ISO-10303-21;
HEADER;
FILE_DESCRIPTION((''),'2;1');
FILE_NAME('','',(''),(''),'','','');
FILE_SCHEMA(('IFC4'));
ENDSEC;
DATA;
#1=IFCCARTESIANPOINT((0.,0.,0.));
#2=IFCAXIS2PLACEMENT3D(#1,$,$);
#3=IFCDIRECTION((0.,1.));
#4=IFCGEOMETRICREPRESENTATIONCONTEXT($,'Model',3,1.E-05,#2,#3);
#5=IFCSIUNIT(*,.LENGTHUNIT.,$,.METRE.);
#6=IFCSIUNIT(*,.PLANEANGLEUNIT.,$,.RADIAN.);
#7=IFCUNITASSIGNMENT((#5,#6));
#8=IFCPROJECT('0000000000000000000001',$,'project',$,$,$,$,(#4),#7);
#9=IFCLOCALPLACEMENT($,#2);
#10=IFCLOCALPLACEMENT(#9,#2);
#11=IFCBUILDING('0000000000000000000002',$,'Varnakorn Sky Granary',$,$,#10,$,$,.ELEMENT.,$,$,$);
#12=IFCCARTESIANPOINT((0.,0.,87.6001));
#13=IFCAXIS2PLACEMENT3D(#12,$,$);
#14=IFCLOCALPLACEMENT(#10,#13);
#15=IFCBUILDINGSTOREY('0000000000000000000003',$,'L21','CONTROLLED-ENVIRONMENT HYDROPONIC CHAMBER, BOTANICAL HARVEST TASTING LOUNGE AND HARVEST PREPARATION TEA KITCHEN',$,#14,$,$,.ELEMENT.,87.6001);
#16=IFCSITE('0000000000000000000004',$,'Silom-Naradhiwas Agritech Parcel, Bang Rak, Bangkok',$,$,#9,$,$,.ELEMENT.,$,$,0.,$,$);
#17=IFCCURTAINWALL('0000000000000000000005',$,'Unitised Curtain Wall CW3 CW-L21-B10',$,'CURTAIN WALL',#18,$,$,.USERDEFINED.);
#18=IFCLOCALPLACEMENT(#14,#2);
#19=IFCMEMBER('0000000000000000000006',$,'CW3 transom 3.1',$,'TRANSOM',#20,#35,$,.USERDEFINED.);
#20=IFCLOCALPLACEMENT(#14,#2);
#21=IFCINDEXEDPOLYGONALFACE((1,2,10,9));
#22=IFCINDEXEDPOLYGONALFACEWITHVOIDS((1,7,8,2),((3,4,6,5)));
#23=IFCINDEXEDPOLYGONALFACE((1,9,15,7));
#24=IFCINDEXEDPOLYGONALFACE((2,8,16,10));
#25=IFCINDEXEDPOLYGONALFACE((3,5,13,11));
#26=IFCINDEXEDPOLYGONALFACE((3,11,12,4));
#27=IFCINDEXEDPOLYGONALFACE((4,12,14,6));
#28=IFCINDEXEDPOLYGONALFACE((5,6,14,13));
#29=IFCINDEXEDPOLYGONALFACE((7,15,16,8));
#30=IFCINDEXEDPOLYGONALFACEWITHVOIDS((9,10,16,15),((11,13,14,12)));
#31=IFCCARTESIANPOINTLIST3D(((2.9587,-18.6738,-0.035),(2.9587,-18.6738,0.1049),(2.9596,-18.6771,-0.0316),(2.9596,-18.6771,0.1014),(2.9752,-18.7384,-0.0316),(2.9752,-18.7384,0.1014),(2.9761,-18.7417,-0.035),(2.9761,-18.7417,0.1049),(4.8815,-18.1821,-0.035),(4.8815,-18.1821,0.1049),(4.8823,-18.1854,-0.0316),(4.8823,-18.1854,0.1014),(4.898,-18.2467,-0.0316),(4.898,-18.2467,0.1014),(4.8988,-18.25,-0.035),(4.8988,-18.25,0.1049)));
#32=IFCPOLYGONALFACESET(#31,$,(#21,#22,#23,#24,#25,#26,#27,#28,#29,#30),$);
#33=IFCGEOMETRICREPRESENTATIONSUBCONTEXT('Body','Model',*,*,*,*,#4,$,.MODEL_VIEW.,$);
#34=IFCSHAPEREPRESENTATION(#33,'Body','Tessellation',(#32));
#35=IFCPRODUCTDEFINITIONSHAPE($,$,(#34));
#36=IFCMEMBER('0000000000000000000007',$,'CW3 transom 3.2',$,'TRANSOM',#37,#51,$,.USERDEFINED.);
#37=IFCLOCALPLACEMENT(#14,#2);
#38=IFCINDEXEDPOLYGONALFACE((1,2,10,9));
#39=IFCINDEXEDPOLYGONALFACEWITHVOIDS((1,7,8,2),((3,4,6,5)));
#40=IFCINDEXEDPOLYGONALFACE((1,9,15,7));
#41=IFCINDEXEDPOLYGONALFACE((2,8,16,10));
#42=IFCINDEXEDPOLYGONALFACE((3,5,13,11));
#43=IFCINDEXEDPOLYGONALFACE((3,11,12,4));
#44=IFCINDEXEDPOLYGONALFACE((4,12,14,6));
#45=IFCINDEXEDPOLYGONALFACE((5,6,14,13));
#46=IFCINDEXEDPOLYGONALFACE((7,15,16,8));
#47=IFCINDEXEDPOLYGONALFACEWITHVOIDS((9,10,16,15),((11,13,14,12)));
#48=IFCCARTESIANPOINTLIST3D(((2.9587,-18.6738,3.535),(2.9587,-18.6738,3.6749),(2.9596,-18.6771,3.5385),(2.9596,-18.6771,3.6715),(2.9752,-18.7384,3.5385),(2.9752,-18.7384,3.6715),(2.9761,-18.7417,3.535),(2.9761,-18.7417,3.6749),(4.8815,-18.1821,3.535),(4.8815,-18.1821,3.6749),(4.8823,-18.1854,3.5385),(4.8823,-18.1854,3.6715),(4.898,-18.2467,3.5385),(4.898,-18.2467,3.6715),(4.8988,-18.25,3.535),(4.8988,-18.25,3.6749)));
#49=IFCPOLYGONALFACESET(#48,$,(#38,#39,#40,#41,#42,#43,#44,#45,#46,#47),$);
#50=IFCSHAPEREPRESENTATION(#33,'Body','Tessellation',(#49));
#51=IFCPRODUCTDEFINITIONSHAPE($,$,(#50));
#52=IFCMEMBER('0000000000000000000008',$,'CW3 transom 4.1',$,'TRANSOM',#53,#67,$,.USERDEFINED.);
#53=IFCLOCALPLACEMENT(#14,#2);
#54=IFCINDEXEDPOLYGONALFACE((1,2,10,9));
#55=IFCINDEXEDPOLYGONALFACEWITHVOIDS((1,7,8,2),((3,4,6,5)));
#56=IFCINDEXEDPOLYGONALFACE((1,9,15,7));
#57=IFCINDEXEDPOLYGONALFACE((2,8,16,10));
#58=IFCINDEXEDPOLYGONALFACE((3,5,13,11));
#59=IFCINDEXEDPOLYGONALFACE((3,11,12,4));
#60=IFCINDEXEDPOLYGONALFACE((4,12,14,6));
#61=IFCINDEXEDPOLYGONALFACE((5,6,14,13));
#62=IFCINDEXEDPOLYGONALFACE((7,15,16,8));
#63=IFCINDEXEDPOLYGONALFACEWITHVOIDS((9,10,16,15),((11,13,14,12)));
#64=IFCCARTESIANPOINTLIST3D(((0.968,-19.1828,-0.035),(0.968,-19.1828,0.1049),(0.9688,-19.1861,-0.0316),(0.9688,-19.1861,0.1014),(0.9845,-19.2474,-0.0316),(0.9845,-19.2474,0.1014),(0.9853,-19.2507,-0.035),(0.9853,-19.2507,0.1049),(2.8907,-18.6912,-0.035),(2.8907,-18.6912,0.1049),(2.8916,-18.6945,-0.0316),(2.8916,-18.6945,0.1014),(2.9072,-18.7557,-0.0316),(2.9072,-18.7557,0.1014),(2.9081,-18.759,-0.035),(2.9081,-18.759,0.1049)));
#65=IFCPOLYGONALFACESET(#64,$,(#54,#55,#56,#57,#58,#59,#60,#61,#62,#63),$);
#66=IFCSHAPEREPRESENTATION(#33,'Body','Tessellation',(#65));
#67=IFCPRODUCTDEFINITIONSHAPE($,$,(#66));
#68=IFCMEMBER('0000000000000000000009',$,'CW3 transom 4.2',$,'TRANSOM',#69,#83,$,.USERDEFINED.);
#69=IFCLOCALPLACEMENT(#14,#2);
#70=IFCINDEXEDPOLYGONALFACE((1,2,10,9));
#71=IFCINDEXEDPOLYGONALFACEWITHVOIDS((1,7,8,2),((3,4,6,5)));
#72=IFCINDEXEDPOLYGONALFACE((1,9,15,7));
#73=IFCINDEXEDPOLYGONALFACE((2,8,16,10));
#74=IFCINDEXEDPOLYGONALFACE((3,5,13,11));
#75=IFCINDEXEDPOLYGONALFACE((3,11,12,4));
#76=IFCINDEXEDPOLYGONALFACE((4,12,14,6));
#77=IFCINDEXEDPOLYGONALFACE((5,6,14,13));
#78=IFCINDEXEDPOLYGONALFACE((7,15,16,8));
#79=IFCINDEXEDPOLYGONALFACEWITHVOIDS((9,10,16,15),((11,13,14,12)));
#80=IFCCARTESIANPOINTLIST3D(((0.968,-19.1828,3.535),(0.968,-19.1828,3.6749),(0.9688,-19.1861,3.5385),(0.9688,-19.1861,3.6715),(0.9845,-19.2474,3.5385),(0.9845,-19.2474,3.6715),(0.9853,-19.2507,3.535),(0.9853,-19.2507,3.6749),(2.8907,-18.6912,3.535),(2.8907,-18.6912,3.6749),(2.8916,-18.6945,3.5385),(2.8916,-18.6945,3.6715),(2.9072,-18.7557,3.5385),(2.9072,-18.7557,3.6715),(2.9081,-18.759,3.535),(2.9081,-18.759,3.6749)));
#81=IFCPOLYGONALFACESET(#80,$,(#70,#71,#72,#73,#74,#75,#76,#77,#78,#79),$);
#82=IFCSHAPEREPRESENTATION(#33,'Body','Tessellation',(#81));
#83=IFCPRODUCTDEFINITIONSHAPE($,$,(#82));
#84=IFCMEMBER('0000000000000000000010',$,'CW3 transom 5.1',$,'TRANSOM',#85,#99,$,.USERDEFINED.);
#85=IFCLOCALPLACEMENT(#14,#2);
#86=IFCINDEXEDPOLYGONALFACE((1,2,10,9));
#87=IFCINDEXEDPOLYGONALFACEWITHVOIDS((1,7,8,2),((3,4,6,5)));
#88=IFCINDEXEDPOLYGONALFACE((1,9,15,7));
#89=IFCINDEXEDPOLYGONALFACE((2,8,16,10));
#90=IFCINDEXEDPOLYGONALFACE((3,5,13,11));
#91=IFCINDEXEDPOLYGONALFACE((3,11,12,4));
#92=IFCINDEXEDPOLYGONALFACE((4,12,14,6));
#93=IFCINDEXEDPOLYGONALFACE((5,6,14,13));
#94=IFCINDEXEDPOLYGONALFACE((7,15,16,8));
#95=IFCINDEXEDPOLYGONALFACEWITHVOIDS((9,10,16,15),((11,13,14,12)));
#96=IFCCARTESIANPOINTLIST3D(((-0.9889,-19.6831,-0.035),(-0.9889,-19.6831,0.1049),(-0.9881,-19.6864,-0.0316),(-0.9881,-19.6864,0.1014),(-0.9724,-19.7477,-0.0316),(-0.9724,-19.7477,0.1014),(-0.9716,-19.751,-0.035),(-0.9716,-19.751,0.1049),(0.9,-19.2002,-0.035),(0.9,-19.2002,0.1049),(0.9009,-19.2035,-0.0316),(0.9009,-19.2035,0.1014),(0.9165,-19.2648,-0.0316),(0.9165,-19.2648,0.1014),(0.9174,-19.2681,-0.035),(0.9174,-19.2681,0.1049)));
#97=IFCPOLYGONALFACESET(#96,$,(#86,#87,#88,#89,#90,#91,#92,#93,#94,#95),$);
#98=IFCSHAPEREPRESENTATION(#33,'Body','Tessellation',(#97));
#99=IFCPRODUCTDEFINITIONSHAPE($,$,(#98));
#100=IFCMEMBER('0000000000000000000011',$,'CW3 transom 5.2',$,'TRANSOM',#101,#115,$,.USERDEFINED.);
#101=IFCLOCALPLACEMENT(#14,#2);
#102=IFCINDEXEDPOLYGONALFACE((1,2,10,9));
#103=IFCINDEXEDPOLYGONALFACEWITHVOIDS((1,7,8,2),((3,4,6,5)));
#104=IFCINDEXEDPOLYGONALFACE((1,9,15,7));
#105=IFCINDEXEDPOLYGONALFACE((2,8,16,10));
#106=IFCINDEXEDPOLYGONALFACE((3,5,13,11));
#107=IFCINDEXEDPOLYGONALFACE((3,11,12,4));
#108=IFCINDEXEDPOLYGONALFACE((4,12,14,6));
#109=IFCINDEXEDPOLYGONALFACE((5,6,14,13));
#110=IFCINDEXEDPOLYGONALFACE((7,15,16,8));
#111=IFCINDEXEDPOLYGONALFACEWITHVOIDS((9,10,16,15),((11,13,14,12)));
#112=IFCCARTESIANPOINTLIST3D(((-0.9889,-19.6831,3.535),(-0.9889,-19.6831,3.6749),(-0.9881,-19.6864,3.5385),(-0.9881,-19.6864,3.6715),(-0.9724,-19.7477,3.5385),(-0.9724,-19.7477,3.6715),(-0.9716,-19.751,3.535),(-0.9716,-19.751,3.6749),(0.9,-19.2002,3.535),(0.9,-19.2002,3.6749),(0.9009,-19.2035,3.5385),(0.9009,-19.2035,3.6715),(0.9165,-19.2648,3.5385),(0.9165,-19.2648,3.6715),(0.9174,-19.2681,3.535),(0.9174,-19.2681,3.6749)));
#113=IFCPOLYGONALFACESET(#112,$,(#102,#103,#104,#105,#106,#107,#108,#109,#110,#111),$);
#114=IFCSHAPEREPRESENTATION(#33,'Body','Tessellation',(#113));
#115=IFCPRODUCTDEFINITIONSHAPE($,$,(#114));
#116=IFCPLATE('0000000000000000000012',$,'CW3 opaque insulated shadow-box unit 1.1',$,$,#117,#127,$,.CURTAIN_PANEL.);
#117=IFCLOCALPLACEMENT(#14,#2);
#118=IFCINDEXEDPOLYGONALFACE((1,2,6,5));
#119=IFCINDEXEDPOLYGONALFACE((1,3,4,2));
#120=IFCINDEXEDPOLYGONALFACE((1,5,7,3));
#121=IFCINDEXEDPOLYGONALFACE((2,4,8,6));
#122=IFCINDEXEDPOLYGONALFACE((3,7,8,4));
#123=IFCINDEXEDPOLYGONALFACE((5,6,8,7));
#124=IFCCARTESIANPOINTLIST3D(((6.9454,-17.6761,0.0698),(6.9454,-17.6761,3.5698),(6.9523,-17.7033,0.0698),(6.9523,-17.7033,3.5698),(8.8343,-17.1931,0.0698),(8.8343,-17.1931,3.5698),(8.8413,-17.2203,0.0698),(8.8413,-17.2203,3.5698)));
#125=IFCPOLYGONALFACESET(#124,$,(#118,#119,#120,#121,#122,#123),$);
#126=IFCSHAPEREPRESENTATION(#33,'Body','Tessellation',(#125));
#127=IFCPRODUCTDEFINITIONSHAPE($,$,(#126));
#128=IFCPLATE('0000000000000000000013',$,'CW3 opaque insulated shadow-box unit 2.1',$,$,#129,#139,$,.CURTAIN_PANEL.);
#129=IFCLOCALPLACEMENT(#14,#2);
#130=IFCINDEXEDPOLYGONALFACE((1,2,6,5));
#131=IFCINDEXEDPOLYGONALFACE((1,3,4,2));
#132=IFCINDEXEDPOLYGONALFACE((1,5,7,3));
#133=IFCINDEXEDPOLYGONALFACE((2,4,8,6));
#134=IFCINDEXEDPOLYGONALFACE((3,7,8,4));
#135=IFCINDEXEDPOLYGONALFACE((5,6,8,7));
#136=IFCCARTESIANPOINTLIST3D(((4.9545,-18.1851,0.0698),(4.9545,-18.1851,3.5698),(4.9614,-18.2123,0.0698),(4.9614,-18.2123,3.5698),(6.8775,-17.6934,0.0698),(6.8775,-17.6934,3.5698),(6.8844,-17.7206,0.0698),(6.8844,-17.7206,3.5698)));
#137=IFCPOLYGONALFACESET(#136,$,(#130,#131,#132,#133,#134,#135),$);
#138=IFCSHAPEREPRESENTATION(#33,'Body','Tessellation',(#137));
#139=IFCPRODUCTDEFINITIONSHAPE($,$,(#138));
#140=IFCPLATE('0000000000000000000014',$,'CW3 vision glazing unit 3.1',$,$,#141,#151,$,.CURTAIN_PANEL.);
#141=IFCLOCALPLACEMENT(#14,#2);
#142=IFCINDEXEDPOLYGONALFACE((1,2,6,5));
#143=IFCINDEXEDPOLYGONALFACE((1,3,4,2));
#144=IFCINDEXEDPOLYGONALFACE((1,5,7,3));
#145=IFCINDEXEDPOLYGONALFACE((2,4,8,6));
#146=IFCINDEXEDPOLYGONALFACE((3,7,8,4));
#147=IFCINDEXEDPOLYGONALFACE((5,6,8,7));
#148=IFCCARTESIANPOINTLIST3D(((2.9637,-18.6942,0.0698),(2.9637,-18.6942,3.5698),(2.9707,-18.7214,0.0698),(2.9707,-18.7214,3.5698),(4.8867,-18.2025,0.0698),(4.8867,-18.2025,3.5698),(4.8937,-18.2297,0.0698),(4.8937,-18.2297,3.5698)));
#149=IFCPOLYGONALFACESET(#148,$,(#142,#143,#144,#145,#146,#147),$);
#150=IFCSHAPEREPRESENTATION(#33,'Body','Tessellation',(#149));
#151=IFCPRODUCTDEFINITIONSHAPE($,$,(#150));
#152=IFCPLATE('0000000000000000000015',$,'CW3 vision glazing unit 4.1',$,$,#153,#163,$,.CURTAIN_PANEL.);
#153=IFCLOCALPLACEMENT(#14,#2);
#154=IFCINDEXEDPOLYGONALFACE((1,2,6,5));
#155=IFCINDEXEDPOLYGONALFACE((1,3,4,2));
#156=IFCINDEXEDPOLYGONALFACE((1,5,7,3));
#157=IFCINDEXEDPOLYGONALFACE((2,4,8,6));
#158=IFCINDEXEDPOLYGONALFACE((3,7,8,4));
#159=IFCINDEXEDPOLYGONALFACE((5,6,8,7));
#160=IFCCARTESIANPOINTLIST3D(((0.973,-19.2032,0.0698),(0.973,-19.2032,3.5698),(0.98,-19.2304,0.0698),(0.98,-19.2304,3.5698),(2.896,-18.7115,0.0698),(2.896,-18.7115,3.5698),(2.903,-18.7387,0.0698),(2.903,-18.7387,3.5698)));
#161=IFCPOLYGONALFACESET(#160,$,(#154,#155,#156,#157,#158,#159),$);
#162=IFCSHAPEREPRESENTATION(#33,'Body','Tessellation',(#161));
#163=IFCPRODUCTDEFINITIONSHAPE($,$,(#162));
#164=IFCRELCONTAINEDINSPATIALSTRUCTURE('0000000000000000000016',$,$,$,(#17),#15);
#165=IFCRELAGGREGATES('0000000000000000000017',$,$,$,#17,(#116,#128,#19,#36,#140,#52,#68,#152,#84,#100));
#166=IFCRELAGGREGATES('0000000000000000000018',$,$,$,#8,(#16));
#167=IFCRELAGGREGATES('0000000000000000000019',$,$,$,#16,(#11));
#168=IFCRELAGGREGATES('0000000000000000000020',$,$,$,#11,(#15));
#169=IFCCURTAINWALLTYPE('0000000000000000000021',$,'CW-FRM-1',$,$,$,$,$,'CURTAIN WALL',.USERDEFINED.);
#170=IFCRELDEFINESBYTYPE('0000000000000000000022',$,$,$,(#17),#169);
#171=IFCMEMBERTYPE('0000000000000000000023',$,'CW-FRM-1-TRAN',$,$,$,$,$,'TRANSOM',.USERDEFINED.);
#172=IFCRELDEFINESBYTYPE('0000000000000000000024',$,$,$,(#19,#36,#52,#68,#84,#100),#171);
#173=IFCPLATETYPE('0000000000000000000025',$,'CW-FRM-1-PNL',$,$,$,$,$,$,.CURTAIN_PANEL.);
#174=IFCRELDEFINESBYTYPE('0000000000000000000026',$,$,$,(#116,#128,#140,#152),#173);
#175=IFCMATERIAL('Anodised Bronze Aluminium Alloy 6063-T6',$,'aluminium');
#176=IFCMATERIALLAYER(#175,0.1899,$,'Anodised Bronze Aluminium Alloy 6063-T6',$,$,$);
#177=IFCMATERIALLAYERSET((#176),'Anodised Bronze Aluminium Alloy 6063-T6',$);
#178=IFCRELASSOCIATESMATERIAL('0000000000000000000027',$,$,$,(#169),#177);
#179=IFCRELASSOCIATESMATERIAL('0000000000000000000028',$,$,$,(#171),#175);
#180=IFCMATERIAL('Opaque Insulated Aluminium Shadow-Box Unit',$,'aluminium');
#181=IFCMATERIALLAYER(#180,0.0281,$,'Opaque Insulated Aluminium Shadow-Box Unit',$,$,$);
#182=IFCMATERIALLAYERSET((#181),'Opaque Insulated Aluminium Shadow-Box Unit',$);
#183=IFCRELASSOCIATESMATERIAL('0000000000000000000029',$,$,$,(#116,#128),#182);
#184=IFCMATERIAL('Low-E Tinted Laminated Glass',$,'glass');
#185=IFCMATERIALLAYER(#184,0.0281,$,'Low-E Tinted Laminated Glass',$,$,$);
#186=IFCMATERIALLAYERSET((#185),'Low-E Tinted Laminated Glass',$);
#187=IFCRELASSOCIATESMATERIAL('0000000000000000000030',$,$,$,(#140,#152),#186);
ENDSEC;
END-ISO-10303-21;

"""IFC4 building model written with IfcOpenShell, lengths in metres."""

from ifc_helpers import new_model, si_unit, direction, frame, origin, origin_2d, place, context, subcontext, project, spatial, rectangle, hollow_rectangle, extrude, source, transform, mapped, material, layer, layer_set, material_profile, profile_set, type_object, type_shapes, element, aggregate, save


model = new_model("IFC4")

# Units and contexts
model_context = context("Model", 3, precision=1e-05, world=origin(), true_north=direction((0.0, 1.0)))
body_context = subcontext(model_context, "Body", "Model", "MODEL_VIEW")
ifc_project = project(units=[si_unit("LENGTHUNIT", "METRE"), si_unit("PLANEANGLEUNIT", "RADIAN")], contexts=[model_context])

# Site, building, storey
site_placement = place(None, origin())
site = spatial("IfcSite", under=ifc_project, at=site_placement, Name="Silom-Naradhiwas Agritech Parcel, Bang Rak, Bangkok", CompositionType="ELEMENT", RefElevation=0.0)
building_placement = place(site_placement, origin())
building = spatial("IfcBuilding", under=site, at=building_placement, Name="Varnakorn Sky Granary", CompositionType="ELEMENT")
storey_placement = place(building_placement, frame((0.0, 0.0, 87.6001)))
storey = spatial("IfcBuildingStorey", under=building, at=storey_placement, Name="L21", Description="CONTROLLED-ENVIRONMENT HYDROPONIC CHAMBER, BOTANICAL HARVEST TASTING LOUNGE AND HARVEST PREPARATION TEA KITCHEN", CompositionType="ELEMENT", Elevation=87.6001)

# Curtain wall, members, plates
ifc_material_1 = material(Name="Anodised Bronze Aluminium Alloy 6063-T6", Category="aluminium")
ifc_layer_1 = layer(ifc_material_1, 0.1899, Name="Anodised Bronze Aluminium Alloy 6063-T6")
ifc_layer_set_1 = layer_set([ifc_layer_1], Name="Anodised Bronze Aluminium Alloy 6063-T6")
curtain_wall_type = type_object("IfcCurtainWallType", Name="CW-FRM-1", ElementType="CURTAIN WALL", PredefinedType="USERDEFINED", material=ifc_layer_set_1)
curtain_wall_placement = place(storey_placement, origin())
curtain_wall = element("IfcCurtainWall", 1, at=curtain_wall_placement, inside=storey, type_object=curtain_wall_type, Name="Unitised Curtain Wall CW3 CW-L21-B10", ObjectType="CURTAIN WALL", PredefinedType="USERDEFINED")
ifc_material_profile_1 = material_profile(ifc_material_1, hollow_rectangle(XDim=0.0701, YDim=0.1399, WallThickness=0.0034, at=origin_2d()), Name="ALU TRAN 70x140")
ifc_profile_set_1 = profile_set([ifc_material_profile_1], Name="Anodised Bronze Aluminium Alloy 6063-T6")
member_type_1 = type_object("IfcMemberType", Name="CW-FRM-1-TRAN", ElementType="TRANSOM", PredefinedType="USERDEFINED", material=ifc_profile_set_1)
member_1_placement = place(storey_placement, frame((4.8901, -18.2161, 0.0349), z_axis=(-0.968826, -0.247742, 0.0), x_axis=(0.247742, -0.968826, 0.0)))
member_1 = element("IfcMember", 2, at=member_1_placement, type_object=member_type_1, Name="CW3 transom 3.1", ObjectType="TRANSOM", PredefinedType="USERDEFINED", context=body_context, shape_type="SweptSolid", body=[
    extrude(hollow_rectangle(XDim=0.0701, YDim=0.1399, WallThickness=0.0034, at=origin_2d()), origin(), (0.0, 0.0, 1.0), 1.9846),
])
member_2_placement = place(storey_placement, frame((4.8901, -18.2161, 3.605), z_axis=(-0.968826, -0.247742, 0.0), x_axis=(0.247742, -0.968826, 0.0)))
member_2 = element("IfcMember", 3, at=member_2_placement, type_object=member_type_1, Name="CW3 transom 3.2", ObjectType="TRANSOM", PredefinedType="USERDEFINED", context=body_context, shape_type="SweptSolid", body=[
    extrude(hollow_rectangle(XDim=0.0701, YDim=0.1399, WallThickness=0.0034, at=origin_2d()), origin(), (0.0, 0.0, 1.0), 1.9846),
])
member_3_placement = place(storey_placement, frame((2.8994, -18.7251, 0.0349), z_axis=(-0.968826, -0.247742, 0.0), x_axis=(0.247742, -0.968826, 0.0)))
member_3 = element("IfcMember", 4, at=member_3_placement, type_object=member_type_1, Name="CW3 transom 4.1", ObjectType="TRANSOM", PredefinedType="USERDEFINED", context=body_context, shape_type="SweptSolid", body=[
    extrude(hollow_rectangle(XDim=0.0701, YDim=0.1399, WallThickness=0.0034, at=origin_2d()), origin(), (0.0, 0.0, 1.0), 1.9846),
])
member_4_placement = place(storey_placement, frame((2.8994, -18.7251, 3.605), z_axis=(-0.968826, -0.247742, 0.0), x_axis=(0.247742, -0.968826, 0.0)))
member_4 = element("IfcMember", 5, at=member_4_placement, type_object=member_type_1, Name="CW3 transom 4.2", ObjectType="TRANSOM", PredefinedType="USERDEFINED", context=body_context, shape_type="SweptSolid", body=[
    extrude(hollow_rectangle(XDim=0.0701, YDim=0.1399, WallThickness=0.0034, at=origin_2d()), origin(), (0.0, 0.0, 1.0), 1.9846),
])
member_5_placement = place(storey_placement, frame((0.9087, -19.2341, 0.0349), z_axis=(-0.96884, -0.247688, 0.0), x_axis=(0.247688, -0.96884, 0.0)))
member_5 = element("IfcMember", 6, at=member_5_placement, type_object=member_type_1, Name="CW3 transom 5.1", ObjectType="TRANSOM", PredefinedType="USERDEFINED", context=body_context, shape_type="SweptSolid", body=[
    extrude(hollow_rectangle(XDim=0.0701, YDim=0.1399, WallThickness=0.0034, at=origin_2d()), origin(), (0.0, 0.0, 1.0), 1.9497),
])
member_6_placement = place(storey_placement, frame((0.9087, -19.2341, 3.605), z_axis=(-0.96884, -0.247688, 0.0), x_axis=(0.247688, -0.96884, 0.0)))
member_6 = element("IfcMember", 7, at=member_6_placement, type_object=member_type_1, Name="CW3 transom 5.2", ObjectType="TRANSOM", PredefinedType="USERDEFINED", context=body_context, shape_type="SweptSolid", body=[
    extrude(hollow_rectangle(XDim=0.0701, YDim=0.1399, WallThickness=0.0034, at=origin_2d()), origin(), (0.0, 0.0, 1.0), 1.9497),
])
ifc_material_2 = material(Name="Opaque Insulated Aluminium Shadow-Box Unit", Category="aluminium")
ifc_layer_2 = layer(ifc_material_2, 0.0281, Name="Opaque Insulated Aluminium Shadow-Box Unit")
ifc_layer_set_2 = layer_set([ifc_layer_2], Name="Opaque Insulated Aluminium Shadow-Box Unit")
plate_type = type_object("IfcPlateType", Name="CW-FRM-1-PNL", PredefinedType="CURTAIN_PANEL")
shared_shape_1 = source(origin(), body_context, "Body", "SweptSolid", [
    extrude(rectangle(XDim=1.9497, YDim=0.0281, at=origin_2d()), origin(), (0.0, 0.0, 1.0), 3.5),
])
plate_1_placement = place(storey_placement, frame((7.8933, -17.4482, 0.0698), z_axis=(0.0, 0.0, 1.0), x_axis=(-0.968829, -0.247729, 0.0)))
plate_1 = element("IfcPlate", 8, at=plate_1_placement, type_object=plate_type, material=ifc_layer_set_2, Name="CW3 opaque insulated shadow-box unit 1.1", PredefinedType="CURTAIN_PANEL", context=body_context, shape_type="MappedRepresentation", body=[
    mapped(shared_shape_1, transform((0.0, 0.0, 0.0), x_axis=(1.0, 0.0, 0.0), y_axis=(0.0, 1.0, 0.0), z_axis=(0.0, 0.0, 1.0), scale=1.0)),
])
shared_shape_2 = source(origin(), body_context, "Body", "SweptSolid", [
    extrude(rectangle(XDim=1.9849, YDim=0.0281, at=origin_2d()), origin(), (0.0, 0.0, 1.0), 3.5),
])
type_shapes(plate_type, [shared_shape_1, shared_shape_2])
plate_2_placement = place(storey_placement, frame((5.9194, -17.9529, 0.0698), z_axis=(0.0, 0.0, 1.0), x_axis=(-0.968829, -0.247729, 0.0)))
plate_2 = element("IfcPlate", 9, at=plate_2_placement, type_object=plate_type, material=ifc_layer_set_2, Name="CW3 opaque insulated shadow-box unit 2.1", PredefinedType="CURTAIN_PANEL", context=body_context, shape_type="MappedRepresentation", body=[
    mapped(shared_shape_2, transform((0.0, 0.0, 0.0), x_axis=(1.0, 0.0, 0.0), y_axis=(0.0, 1.0, 0.0), z_axis=(0.0, 0.0, 1.0), scale=1.0)),
])
ifc_material_3 = material(Name="Low-E Tinted Laminated Glass", Category="glass")
ifc_layer_3 = layer(ifc_material_3, 0.0281, Name="Low-E Tinted Laminated Glass")
ifc_layer_set_3 = layer_set([ifc_layer_3], Name="Low-E Tinted Laminated Glass")
plate_3_placement = place(storey_placement, frame((3.9287, -18.4619, 0.0698), z_axis=(0.0, 0.0, 1.0), x_axis=(-0.968829, -0.247729, 0.0)))
plate_3 = element("IfcPlate", 10, at=plate_3_placement, type_object=plate_type, material=ifc_layer_set_3, Name="CW3 vision glazing unit 3.1", PredefinedType="CURTAIN_PANEL", context=body_context, shape_type="MappedRepresentation", body=[
    mapped(shared_shape_2, transform((0.0, 0.0, 0.0), x_axis=(1.0, 0.0, 0.0), y_axis=(0.0, 1.0, 0.0), z_axis=(0.0, 0.0, 1.0), scale=1.0)),
])
plate_4_placement = place(storey_placement, frame((1.938, -18.9709, 0.0698), z_axis=(0.0, 0.0, 1.0), x_axis=(-0.968829, -0.247729, 0.0)))
plate_4 = element("IfcPlate", 11, at=plate_4_placement, type_object=plate_type, material=ifc_layer_set_3, Name="CW3 vision glazing unit 4.1", PredefinedType="CURTAIN_PANEL", context=body_context, shape_type="MappedRepresentation", body=[
    mapped(shared_shape_2, transform((0.0, 0.0, 0.0), x_axis=(1.0, 0.0, 0.0), y_axis=(0.0, 1.0, 0.0), z_axis=(0.0, 0.0, 1.0), scale=1.0)),
])
aggregate(curtain_wall, [plate_1, plate_2, member_1, member_2, plate_3, member_3, member_4, plate_4, member_5, member_6])

save(model, "model.ifc")
